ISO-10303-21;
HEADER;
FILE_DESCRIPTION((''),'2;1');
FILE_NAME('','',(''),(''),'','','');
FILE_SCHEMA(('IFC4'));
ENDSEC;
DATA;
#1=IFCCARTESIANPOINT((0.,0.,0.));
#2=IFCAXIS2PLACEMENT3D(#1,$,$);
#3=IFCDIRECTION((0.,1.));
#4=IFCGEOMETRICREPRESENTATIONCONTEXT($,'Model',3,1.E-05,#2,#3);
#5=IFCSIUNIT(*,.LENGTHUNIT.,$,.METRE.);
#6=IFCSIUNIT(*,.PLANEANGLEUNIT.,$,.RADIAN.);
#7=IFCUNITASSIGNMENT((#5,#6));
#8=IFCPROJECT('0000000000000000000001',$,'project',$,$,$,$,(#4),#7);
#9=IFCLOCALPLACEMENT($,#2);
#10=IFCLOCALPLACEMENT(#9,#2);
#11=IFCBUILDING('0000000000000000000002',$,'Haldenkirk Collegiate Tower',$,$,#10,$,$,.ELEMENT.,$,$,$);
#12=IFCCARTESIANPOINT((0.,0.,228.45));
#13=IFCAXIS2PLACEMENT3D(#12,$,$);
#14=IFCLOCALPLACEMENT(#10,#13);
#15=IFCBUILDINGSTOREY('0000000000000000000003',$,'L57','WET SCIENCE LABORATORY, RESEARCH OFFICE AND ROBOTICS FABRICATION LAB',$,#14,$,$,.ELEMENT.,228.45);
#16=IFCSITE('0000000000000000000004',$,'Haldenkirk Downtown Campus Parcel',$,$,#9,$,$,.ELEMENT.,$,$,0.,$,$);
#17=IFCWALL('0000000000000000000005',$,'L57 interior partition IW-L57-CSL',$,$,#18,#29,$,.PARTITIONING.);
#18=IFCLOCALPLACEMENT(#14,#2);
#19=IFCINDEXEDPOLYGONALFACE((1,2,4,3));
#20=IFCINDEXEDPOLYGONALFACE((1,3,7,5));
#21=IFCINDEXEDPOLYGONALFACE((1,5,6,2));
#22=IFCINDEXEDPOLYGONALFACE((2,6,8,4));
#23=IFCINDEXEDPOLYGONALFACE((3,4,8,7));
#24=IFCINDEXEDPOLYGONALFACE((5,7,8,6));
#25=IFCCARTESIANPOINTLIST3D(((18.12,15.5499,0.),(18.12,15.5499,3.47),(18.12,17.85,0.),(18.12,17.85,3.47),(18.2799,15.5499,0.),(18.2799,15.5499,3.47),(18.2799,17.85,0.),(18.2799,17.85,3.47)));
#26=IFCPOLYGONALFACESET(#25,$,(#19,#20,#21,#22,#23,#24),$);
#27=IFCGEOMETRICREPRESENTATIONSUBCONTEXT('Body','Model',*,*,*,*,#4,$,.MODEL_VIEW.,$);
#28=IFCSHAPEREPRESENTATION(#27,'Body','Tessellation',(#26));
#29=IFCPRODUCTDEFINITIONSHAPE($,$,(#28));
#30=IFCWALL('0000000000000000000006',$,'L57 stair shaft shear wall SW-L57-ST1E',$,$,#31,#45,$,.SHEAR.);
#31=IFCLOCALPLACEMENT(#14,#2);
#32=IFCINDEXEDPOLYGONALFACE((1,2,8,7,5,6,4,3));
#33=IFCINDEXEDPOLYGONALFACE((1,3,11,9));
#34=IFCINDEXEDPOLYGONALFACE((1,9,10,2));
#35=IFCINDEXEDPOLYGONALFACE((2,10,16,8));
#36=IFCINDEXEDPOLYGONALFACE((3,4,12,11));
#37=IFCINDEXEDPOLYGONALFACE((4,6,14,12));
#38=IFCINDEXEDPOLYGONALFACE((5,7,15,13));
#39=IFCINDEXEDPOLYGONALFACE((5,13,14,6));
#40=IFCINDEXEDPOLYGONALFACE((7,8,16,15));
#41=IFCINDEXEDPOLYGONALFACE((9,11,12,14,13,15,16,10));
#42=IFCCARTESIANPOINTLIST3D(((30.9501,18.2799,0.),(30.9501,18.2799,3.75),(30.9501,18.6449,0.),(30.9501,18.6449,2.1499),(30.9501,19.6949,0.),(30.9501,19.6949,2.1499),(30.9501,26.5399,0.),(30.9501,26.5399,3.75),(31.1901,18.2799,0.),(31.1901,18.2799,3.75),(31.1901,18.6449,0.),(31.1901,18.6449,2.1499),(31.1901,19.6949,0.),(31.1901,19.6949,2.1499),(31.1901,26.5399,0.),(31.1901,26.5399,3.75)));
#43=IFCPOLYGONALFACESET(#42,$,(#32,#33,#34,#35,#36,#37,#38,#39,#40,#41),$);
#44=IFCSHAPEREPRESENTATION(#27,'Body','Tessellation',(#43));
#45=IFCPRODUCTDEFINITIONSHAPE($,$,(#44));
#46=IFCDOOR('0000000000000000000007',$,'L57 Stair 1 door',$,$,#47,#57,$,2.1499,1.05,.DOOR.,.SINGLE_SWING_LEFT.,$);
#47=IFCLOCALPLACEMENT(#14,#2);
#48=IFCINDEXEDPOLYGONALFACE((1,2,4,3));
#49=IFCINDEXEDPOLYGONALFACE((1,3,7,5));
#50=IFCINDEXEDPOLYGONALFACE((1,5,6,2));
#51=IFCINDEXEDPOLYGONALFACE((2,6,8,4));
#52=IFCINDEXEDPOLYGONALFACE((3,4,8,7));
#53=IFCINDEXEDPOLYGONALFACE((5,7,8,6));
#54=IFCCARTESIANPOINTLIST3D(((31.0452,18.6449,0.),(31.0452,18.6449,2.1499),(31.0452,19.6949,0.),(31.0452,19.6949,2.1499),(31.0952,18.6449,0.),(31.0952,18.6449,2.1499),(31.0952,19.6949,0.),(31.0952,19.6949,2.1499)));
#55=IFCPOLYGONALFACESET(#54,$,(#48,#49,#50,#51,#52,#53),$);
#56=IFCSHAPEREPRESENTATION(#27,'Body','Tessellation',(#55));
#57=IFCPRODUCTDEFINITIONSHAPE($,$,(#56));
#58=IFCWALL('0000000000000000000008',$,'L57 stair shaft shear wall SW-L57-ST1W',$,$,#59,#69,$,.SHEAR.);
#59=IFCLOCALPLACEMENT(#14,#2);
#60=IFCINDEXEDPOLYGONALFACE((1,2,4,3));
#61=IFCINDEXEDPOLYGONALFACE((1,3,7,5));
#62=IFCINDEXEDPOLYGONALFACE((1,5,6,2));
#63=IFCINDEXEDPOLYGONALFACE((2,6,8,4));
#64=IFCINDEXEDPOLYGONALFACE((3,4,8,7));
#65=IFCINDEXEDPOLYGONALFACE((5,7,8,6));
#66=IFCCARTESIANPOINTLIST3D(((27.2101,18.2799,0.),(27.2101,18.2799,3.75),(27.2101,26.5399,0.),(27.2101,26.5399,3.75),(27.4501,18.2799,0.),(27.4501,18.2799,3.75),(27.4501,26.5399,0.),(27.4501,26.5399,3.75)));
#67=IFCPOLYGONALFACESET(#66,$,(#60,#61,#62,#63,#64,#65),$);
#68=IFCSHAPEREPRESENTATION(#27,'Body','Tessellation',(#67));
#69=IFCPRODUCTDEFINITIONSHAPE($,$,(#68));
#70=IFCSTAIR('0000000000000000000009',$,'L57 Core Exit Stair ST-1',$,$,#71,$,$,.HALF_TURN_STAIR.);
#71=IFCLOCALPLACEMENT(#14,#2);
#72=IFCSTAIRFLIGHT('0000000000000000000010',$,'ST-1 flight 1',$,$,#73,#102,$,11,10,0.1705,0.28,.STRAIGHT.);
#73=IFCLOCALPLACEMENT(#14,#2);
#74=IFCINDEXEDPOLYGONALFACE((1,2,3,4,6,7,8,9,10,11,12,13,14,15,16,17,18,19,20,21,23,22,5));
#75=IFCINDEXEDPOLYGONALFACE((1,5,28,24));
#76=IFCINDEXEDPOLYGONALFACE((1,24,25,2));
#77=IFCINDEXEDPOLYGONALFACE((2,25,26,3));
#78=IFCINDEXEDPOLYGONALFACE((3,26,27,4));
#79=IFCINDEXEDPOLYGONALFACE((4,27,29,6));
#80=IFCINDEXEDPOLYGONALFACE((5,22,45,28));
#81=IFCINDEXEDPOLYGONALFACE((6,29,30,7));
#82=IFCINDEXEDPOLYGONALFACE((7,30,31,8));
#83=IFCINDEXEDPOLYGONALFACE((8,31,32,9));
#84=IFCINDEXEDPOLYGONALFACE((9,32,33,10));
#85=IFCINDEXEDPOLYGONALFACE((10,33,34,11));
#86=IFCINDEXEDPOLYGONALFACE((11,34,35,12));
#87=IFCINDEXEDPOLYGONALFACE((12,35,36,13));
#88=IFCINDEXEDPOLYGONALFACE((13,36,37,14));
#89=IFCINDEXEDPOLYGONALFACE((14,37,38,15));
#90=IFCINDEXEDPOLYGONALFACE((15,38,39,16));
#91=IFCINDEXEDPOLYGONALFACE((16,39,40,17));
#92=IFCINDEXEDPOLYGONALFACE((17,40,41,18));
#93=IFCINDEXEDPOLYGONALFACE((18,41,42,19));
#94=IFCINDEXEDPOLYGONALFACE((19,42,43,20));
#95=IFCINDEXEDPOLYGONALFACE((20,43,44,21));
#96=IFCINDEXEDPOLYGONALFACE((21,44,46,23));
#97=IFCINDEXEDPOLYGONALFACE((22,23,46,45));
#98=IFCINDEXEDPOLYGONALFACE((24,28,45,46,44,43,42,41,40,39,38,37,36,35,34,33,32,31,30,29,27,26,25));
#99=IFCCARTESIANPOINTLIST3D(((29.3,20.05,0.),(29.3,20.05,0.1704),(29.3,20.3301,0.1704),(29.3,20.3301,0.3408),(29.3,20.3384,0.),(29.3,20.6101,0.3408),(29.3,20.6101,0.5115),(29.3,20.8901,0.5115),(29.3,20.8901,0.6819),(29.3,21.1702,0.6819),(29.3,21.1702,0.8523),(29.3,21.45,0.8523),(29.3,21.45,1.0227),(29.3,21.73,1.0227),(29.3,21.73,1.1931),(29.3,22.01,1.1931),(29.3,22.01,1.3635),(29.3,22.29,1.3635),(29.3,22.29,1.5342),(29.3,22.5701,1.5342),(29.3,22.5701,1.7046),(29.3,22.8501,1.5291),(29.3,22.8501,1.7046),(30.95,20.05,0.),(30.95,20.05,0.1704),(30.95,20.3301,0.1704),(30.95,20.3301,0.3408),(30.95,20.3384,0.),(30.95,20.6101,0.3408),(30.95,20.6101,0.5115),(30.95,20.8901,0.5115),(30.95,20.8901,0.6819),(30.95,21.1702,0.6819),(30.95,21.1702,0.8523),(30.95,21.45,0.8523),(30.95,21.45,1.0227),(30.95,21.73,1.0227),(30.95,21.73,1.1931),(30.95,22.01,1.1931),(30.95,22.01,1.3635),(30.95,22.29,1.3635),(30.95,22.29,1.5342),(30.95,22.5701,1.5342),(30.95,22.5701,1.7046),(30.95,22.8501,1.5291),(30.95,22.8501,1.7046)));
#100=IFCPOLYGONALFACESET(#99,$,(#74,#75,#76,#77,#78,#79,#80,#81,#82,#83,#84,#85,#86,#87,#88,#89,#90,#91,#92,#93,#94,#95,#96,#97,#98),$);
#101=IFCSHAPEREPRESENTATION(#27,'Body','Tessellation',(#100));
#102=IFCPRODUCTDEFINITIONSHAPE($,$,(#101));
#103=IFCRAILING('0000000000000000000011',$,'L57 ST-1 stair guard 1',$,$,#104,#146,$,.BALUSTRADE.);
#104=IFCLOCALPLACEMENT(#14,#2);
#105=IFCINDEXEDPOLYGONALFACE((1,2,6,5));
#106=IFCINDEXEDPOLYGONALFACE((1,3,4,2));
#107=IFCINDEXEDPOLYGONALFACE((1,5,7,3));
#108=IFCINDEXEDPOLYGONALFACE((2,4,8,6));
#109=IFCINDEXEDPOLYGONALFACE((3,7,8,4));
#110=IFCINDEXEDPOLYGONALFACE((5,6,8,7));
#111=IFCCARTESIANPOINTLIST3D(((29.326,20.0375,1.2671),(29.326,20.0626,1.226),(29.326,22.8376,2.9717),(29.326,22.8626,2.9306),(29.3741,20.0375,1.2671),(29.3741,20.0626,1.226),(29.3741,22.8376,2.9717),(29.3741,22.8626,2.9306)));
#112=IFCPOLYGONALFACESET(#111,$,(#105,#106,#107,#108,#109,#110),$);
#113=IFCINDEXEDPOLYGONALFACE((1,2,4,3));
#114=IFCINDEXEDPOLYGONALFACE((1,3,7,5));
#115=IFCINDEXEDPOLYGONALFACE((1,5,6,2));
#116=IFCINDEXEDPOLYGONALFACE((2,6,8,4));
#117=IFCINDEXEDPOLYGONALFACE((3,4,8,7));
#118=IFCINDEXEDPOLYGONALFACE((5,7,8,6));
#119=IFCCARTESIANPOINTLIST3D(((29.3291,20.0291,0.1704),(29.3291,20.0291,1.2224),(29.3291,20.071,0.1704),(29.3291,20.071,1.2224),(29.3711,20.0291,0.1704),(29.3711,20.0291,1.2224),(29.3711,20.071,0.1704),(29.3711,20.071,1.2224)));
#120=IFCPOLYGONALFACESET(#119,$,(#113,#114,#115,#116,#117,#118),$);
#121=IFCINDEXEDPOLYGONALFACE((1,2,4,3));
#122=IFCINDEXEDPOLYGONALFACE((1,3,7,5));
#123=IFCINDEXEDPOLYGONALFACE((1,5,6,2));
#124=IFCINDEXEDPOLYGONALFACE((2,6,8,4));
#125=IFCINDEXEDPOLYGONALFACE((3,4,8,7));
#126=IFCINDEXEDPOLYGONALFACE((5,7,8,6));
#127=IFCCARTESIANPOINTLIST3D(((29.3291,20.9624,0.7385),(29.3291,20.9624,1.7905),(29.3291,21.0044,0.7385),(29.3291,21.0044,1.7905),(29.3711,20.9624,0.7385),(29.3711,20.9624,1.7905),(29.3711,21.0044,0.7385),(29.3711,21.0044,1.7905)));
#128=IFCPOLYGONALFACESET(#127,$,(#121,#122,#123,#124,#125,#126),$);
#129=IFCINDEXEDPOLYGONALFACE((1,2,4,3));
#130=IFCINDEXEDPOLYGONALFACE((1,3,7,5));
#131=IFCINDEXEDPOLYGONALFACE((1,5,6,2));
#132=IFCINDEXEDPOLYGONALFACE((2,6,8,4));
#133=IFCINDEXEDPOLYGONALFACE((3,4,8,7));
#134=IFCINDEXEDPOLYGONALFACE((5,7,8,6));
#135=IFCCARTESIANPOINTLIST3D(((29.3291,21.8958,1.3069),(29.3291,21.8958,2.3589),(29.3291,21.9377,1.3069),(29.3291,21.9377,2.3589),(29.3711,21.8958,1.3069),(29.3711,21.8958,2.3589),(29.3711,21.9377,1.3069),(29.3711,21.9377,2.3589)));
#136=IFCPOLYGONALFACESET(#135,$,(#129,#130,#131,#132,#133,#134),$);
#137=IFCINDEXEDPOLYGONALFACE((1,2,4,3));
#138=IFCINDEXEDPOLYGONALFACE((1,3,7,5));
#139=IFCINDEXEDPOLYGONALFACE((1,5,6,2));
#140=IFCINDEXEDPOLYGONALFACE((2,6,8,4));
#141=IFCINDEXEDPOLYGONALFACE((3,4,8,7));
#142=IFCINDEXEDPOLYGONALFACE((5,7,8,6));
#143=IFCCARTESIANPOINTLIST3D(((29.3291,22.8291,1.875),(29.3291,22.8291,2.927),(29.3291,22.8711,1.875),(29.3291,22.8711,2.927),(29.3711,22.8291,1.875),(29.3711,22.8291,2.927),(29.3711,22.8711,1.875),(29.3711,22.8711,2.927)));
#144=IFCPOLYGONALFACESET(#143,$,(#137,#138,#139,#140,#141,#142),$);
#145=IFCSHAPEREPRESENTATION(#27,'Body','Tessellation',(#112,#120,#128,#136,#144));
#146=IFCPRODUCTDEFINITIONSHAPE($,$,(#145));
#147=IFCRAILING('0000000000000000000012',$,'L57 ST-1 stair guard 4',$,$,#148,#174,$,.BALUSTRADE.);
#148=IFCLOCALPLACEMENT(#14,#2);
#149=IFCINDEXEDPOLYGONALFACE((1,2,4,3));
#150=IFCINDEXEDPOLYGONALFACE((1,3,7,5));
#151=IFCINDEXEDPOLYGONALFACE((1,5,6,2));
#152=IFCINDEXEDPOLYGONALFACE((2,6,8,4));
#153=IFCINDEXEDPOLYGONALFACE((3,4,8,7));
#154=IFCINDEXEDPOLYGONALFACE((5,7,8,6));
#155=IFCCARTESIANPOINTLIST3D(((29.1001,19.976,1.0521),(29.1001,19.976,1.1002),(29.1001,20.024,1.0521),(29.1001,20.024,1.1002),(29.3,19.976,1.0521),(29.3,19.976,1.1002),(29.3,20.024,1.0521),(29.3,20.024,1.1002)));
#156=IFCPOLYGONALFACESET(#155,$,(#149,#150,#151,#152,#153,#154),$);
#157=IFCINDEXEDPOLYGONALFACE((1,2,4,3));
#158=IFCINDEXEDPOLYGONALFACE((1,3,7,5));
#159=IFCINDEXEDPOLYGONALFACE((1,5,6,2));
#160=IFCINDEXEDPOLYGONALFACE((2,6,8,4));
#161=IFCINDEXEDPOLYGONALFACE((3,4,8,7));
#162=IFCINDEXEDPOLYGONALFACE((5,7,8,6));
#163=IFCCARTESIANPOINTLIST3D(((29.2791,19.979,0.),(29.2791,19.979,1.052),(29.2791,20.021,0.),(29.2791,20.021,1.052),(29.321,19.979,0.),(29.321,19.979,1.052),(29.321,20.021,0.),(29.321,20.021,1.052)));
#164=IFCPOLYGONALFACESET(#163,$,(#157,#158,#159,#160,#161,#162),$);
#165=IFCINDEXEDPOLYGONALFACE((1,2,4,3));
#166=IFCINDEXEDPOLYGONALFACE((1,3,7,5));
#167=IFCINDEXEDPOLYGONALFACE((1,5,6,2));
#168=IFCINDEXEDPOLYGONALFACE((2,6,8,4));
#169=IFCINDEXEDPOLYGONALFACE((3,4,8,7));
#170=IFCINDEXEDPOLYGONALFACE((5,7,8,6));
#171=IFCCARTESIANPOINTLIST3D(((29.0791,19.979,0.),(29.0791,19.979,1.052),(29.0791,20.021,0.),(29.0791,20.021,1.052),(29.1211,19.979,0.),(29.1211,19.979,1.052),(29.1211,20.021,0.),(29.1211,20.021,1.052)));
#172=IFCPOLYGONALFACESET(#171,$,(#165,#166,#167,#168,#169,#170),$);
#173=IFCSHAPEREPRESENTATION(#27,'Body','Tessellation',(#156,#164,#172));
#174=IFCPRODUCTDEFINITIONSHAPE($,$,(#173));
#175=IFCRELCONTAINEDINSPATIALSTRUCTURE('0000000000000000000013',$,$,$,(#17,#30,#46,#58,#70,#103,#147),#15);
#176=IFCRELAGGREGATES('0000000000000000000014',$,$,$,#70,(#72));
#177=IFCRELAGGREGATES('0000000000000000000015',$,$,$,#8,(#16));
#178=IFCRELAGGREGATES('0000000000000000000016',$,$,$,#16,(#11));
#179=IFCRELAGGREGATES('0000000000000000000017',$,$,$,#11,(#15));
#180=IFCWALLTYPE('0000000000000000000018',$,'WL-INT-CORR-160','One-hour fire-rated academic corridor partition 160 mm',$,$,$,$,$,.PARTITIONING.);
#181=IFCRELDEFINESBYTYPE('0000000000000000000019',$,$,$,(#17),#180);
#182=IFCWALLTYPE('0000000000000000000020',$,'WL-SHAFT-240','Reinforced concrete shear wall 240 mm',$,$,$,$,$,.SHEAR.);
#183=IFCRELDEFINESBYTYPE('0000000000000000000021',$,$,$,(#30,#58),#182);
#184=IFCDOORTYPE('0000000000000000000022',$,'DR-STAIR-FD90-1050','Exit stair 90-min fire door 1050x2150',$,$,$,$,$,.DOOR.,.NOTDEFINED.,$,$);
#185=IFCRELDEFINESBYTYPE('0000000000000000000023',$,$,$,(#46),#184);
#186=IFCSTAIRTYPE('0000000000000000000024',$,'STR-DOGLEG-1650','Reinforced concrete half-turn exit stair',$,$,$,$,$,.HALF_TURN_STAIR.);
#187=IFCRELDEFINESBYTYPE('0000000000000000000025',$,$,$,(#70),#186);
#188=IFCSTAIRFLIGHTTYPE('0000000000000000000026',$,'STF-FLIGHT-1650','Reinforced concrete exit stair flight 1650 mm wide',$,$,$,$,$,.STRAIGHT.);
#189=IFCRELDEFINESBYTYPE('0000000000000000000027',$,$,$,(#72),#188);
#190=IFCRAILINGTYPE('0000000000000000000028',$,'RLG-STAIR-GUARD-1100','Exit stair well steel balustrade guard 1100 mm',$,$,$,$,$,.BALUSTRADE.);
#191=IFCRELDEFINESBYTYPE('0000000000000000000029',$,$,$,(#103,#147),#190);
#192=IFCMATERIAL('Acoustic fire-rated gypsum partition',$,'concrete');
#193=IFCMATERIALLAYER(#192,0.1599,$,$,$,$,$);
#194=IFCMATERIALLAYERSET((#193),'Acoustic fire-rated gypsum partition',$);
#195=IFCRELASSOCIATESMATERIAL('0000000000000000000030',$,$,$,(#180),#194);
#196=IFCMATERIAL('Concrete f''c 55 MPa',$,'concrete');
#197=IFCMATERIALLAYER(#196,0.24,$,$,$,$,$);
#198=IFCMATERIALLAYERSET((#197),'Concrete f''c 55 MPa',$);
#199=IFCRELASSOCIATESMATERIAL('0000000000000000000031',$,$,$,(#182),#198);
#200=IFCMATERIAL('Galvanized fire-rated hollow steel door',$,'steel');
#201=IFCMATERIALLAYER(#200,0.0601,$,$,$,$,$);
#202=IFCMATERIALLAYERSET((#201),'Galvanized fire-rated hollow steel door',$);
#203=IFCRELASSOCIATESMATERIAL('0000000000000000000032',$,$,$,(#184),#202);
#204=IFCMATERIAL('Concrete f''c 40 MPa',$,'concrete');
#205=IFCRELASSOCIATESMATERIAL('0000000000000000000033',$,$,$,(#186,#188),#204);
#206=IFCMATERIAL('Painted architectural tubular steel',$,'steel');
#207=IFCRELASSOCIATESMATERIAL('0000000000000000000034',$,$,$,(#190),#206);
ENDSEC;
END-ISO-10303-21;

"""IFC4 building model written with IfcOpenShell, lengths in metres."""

from ifc_helpers import new_model, si_unit, direction, frame, frame_2d, origin, origin_2d, place, context, subcontext, project, spatial, polyline, rectangle, outline, extrude, material, layer, layer_set, type_object, element, fill, aggregate, save


model = new_model("IFC4")

# Units and contexts
model_context = context("Model", 3, precision=1e-05, world=origin(), true_north=direction((0.0, 1.0)))
body_context = subcontext(model_context, "Body", "Model", "MODEL_VIEW")
ifc_project = project(units=[si_unit("LENGTHUNIT", "METRE"), si_unit("PLANEANGLEUNIT", "RADIAN")], contexts=[model_context])

# Site, building, storey
site_placement = place(None, origin())
site = spatial("IfcSite", under=ifc_project, at=site_placement, Name="Haldenkirk Downtown Campus Parcel", CompositionType="ELEMENT", RefElevation=0.0)
building_placement = place(site_placement, origin())
building = spatial("IfcBuilding", under=site, at=building_placement, Name="Haldenkirk Collegiate Tower", CompositionType="ELEMENT")
storey_placement = place(building_placement, frame((0.0, 0.0, 228.45)))
storey = spatial("IfcBuildingStorey", under=building, at=storey_placement, Name="L57", Description="WET SCIENCE LABORATORY, RESEARCH OFFICE AND ROBOTICS FABRICATION LAB", CompositionType="ELEMENT", Elevation=228.45)

# Shared definitions
ifc_material_1 = material(Name="Concrete f'c 55 MPa", Category="concrete")
ifc_material_2 = material(Name="Galvanized fire-rated hollow steel door", Category="steel")

# Shared definitions
ifc_material_3 = material(Name="Acoustic fire-rated gypsum partition", Category="concrete")
ifc_layer_1 = layer(ifc_material_3, 0.1599)
ifc_layer_set_1 = layer_set([ifc_layer_1], Name="Acoustic fire-rated gypsum partition")
wall_type_1 = type_object("IfcWallType", Name="WL-INT-CORR-160", Description="One-hour fire-rated academic corridor partition 160 mm", PredefinedType="PARTITIONING", material=ifc_layer_set_1)

# Wall
wall_1_placement = place(storey_placement, frame((18.2, 15.55, 0.0), z_axis=(0.0, 0.0, 1.0), x_axis=(0.0, 1.0, 0.0)))
element("IfcWall", 1, at=wall_1_placement, inside=storey, type_object=wall_type_1, Name="L57 interior partition IW-L57-CSL", PredefinedType="PARTITIONING", context=body_context, shape_type="SweptSolid", body=[
    extrude(rectangle(XDim=2.3, YDim=0.1599, at=frame_2d((1.1499, 0.0))), origin(), (0.0, 0.0, 1.0), 3.47),
])

# Wall, opening, door
ifc_layer_2 = layer(ifc_material_1, 0.24)
ifc_layer_set_2 = layer_set([ifc_layer_2], Name="Concrete f'c 55 MPa")
wall_type_2 = type_object("IfcWallType", Name="WL-SHAFT-240", Description="Reinforced concrete shear wall 240 mm", PredefinedType="SHEAR", material=ifc_layer_set_2)
wall_2_placement = place(storey_placement, frame((31.0701, 18.28, 0.0), z_axis=(0.0, 0.0, 1.0), x_axis=(0.0, 1.0, 0.0)))
wall_2 = element("IfcWall", 2, at=wall_2_placement, inside=storey, type_object=wall_type_2, Name="L57 stair shaft shear wall SW-L57-ST1E", PredefinedType="SHEAR", context=body_context, shape_type="SweptSolid", body=[
    extrude(rectangle(XDim=8.26, YDim=0.24, at=frame_2d((4.1299, 0.0))), origin(), (0.0, 0.0, 1.0), 3.75),
])
opening_1_placement = place(wall_2_placement, frame((0.365, 0.0, 0.0)))
opening_1 = element("IfcOpeningElement", 3, at=opening_1_placement, cuts=wall_2, PredefinedType="OPENING", context=body_context, shape_type="SweptSolid", body=[
    extrude(rectangle(XDim=1.05, YDim=2.1499, at=frame_2d((0.5249, 1.075))), frame((0.0, 0.1299, 0.0), z_axis=(0.0, -1.0, 0.0), x_axis=(1.0, 0.0, 0.0)), (0.0, 0.0, 1.0), 0.26),
])
ifc_layer_3 = layer(ifc_material_2, 0.0601)
ifc_layer_set_3 = layer_set([ifc_layer_3], Name="Galvanized fire-rated hollow steel door")
door_type_1 = type_object("IfcDoorType", Name="DR-STAIR-FD90-1050", Description="Exit stair 90-min fire door 1050x2150", OperationType="NOTDEFINED", PredefinedType="DOOR", material=ifc_layer_set_3)
door_1_placement = place(opening_1_placement, origin())
door_1 = element("IfcDoor", 4, at=door_1_placement, inside=storey, type_object=door_type_1, Name="L57 Stair 1 door", OperationType="SINGLE_SWING_LEFT", OverallHeight=2.1499, OverallWidth=1.05, PredefinedType="DOOR", context=body_context, shape_type="SweptSolid", body=[
    extrude(rectangle(XDim=1.05, YDim=2.1499, at=frame_2d((0.5249, 1.075))), frame((0.0, 0.0249, 0.0), z_axis=(0.0, -1.0, 0.0), x_axis=(1.0, 0.0, 0.0)), (0.0, 0.0, 1.0), 0.05),
])
fill(opening_1, door_1)

# Wall
wall_3_placement = place(storey_placement, frame((27.3301, 18.28, 0.0), z_axis=(0.0, 0.0, 1.0), x_axis=(0.0, 1.0, 0.0)))
element("IfcWall", 5, at=wall_3_placement, inside=storey, type_object=wall_type_2, Name="L57 stair shaft shear wall SW-L57-ST1W", PredefinedType="SHEAR", context=body_context, shape_type="SweptSolid", body=[
    extrude(rectangle(XDim=8.26, YDim=0.24, at=frame_2d((4.1299, 0.0))), origin(), (0.0, 0.0, 1.0), 3.75),
])

# Stair, stair flight
ifc_material_4 = material(Name="Concrete f'c 40 MPa", Category="concrete")
stair_type = type_object("IfcStairType", Name="STR-DOGLEG-1650", Description="Reinforced concrete half-turn exit stair", PredefinedType="HALF_TURN_STAIR", material=ifc_material_4)
stair_placement = place(storey_placement, origin())
stair = element("IfcStair", 6, at=stair_placement, inside=storey, type_object=stair_type, Name="L57 Core Exit Stair ST-1", PredefinedType="HALF_TURN_STAIR")
stair_flight_type = type_object("IfcStairFlightType", Name="STF-FLIGHT-1650", Description="Reinforced concrete exit stair flight 1650 mm wide", PredefinedType="STRAIGHT", material=ifc_material_4)
stair_flight_placement = place(storey_placement, frame((30.125, 20.05, 0.0), z_axis=(0.0, 0.0, 1.0), x_axis=(0.0, 1.0, 0.0)))
stair_flight = element("IfcStairFlight", 7, at=stair_flight_placement, type_object=stair_flight_type, Name="ST-1 flight 1", NumberOfRisers=11, NumberOfTreads=10, PredefinedType="STRAIGHT", RiserHeight=0.1705, TreadLength=0.28, context=body_context, shape_type="SweptSolid", body=[
    extrude(outline(polyline([(0.0, 0.0), (0.0, 0.1704), (0.28, 0.1704), (0.28, 0.3408), (0.5601, 0.3408), (0.5601, 0.5115), (0.8401, 0.5115), (0.8401, 0.6819), (1.1201, 0.6819), (1.1201, 0.8523), (1.3999, 0.8523), (1.3999, 1.0227), (1.6799, 1.0227), (1.6799, 1.1931), (1.96, 1.1931), (1.96, 1.3635), (2.24, 1.3635), (2.24, 1.5342), (2.52, 1.5342), (2.52, 1.7046), (2.8, 1.7046), (2.8, 1.875), (2.8, 1.5291), (0.2883, 0.0), (0.0, 0.0)])), frame((0.0, 0.825, 0.0), z_axis=(0.0, -1.0, 0.0), x_axis=(1.0, 0.0, 0.0)), (0.0, 0.0, 1.0), 1.6499),
])
aggregate(stair, [stair_flight])

# Railings
ifc_material_5 = material(Name="Painted architectural tubular steel", Category="steel")
railing_type_1 = type_object("IfcRailingType", Name="RLG-STAIR-GUARD-1100", Description="Exit stair well steel balustrade guard 1100 mm", PredefinedType="BALUSTRADE", material=ifc_material_5)
railing_1_placement = place(storey_placement, frame((29.3501, 20.05, 0.1704)))
element("IfcRailing", 8, at=railing_1_placement, inside=storey, type_object=railing_type_1, Name="L57 ST-1 stair guard 1", PredefinedType="BALUSTRADE", context=body_context, shape_type="SweptSolid", body=[
    extrude(rectangle(XDim=0.0481, YDim=0.0481, at=origin_2d()), frame((0.0, 0.0, 1.0762), z_axis=(0.0, 0.85417, 0.519994), x_axis=(-1.0, 0.0, 0.0)), (0.0, 0.0, 1.0), 3.2781),
    extrude(rectangle(XDim=0.042, YDim=0.042, at=origin_2d()), origin(), (0.0, 0.0, 1.0), 1.052),
    extrude(rectangle(XDim=0.042, YDim=0.042, at=origin_2d()), frame((0.0, 0.9333, 0.5681)), (0.0, 0.0, 1.0), 1.052),
    extrude(rectangle(XDim=0.042, YDim=0.042, at=origin_2d()), frame((0.0, 1.8667, 1.1365)), (0.0, 0.0, 1.0), 1.052),
    extrude(rectangle(XDim=0.042, YDim=0.042, at=origin_2d()), frame((0.0, 2.8, 1.7046)), (0.0, 0.0, 1.0), 1.052),
])
railing_2_placement = place(storey_placement, frame((29.3, 20.0, 0.0)))
element("IfcRailing", 9, at=railing_2_placement, inside=storey, type_object=railing_type_1, Name="L57 ST-1 stair guard 4", PredefinedType="BALUSTRADE", context=body_context, shape_type="SweptSolid", body=[
    extrude(rectangle(XDim=0.0481, YDim=0.0481, at=origin_2d()), frame((0.0, 0.0, 1.0762), z_axis=(-1.0, 0.0, 0.0), x_axis=(0.0, -1.0, 0.0)), (0.0, 0.0, 1.0), 0.2),
    extrude(rectangle(XDim=0.042, YDim=0.042, at=origin_2d()), origin(), (0.0, 0.0, 1.0), 1.052),
    extrude(rectangle(XDim=0.042, YDim=0.042, at=origin_2d()), frame((-0.2, 0.0, 0.0)), (0.0, 0.0, 1.0), 1.052),
])

save(model, "model.ifc")
